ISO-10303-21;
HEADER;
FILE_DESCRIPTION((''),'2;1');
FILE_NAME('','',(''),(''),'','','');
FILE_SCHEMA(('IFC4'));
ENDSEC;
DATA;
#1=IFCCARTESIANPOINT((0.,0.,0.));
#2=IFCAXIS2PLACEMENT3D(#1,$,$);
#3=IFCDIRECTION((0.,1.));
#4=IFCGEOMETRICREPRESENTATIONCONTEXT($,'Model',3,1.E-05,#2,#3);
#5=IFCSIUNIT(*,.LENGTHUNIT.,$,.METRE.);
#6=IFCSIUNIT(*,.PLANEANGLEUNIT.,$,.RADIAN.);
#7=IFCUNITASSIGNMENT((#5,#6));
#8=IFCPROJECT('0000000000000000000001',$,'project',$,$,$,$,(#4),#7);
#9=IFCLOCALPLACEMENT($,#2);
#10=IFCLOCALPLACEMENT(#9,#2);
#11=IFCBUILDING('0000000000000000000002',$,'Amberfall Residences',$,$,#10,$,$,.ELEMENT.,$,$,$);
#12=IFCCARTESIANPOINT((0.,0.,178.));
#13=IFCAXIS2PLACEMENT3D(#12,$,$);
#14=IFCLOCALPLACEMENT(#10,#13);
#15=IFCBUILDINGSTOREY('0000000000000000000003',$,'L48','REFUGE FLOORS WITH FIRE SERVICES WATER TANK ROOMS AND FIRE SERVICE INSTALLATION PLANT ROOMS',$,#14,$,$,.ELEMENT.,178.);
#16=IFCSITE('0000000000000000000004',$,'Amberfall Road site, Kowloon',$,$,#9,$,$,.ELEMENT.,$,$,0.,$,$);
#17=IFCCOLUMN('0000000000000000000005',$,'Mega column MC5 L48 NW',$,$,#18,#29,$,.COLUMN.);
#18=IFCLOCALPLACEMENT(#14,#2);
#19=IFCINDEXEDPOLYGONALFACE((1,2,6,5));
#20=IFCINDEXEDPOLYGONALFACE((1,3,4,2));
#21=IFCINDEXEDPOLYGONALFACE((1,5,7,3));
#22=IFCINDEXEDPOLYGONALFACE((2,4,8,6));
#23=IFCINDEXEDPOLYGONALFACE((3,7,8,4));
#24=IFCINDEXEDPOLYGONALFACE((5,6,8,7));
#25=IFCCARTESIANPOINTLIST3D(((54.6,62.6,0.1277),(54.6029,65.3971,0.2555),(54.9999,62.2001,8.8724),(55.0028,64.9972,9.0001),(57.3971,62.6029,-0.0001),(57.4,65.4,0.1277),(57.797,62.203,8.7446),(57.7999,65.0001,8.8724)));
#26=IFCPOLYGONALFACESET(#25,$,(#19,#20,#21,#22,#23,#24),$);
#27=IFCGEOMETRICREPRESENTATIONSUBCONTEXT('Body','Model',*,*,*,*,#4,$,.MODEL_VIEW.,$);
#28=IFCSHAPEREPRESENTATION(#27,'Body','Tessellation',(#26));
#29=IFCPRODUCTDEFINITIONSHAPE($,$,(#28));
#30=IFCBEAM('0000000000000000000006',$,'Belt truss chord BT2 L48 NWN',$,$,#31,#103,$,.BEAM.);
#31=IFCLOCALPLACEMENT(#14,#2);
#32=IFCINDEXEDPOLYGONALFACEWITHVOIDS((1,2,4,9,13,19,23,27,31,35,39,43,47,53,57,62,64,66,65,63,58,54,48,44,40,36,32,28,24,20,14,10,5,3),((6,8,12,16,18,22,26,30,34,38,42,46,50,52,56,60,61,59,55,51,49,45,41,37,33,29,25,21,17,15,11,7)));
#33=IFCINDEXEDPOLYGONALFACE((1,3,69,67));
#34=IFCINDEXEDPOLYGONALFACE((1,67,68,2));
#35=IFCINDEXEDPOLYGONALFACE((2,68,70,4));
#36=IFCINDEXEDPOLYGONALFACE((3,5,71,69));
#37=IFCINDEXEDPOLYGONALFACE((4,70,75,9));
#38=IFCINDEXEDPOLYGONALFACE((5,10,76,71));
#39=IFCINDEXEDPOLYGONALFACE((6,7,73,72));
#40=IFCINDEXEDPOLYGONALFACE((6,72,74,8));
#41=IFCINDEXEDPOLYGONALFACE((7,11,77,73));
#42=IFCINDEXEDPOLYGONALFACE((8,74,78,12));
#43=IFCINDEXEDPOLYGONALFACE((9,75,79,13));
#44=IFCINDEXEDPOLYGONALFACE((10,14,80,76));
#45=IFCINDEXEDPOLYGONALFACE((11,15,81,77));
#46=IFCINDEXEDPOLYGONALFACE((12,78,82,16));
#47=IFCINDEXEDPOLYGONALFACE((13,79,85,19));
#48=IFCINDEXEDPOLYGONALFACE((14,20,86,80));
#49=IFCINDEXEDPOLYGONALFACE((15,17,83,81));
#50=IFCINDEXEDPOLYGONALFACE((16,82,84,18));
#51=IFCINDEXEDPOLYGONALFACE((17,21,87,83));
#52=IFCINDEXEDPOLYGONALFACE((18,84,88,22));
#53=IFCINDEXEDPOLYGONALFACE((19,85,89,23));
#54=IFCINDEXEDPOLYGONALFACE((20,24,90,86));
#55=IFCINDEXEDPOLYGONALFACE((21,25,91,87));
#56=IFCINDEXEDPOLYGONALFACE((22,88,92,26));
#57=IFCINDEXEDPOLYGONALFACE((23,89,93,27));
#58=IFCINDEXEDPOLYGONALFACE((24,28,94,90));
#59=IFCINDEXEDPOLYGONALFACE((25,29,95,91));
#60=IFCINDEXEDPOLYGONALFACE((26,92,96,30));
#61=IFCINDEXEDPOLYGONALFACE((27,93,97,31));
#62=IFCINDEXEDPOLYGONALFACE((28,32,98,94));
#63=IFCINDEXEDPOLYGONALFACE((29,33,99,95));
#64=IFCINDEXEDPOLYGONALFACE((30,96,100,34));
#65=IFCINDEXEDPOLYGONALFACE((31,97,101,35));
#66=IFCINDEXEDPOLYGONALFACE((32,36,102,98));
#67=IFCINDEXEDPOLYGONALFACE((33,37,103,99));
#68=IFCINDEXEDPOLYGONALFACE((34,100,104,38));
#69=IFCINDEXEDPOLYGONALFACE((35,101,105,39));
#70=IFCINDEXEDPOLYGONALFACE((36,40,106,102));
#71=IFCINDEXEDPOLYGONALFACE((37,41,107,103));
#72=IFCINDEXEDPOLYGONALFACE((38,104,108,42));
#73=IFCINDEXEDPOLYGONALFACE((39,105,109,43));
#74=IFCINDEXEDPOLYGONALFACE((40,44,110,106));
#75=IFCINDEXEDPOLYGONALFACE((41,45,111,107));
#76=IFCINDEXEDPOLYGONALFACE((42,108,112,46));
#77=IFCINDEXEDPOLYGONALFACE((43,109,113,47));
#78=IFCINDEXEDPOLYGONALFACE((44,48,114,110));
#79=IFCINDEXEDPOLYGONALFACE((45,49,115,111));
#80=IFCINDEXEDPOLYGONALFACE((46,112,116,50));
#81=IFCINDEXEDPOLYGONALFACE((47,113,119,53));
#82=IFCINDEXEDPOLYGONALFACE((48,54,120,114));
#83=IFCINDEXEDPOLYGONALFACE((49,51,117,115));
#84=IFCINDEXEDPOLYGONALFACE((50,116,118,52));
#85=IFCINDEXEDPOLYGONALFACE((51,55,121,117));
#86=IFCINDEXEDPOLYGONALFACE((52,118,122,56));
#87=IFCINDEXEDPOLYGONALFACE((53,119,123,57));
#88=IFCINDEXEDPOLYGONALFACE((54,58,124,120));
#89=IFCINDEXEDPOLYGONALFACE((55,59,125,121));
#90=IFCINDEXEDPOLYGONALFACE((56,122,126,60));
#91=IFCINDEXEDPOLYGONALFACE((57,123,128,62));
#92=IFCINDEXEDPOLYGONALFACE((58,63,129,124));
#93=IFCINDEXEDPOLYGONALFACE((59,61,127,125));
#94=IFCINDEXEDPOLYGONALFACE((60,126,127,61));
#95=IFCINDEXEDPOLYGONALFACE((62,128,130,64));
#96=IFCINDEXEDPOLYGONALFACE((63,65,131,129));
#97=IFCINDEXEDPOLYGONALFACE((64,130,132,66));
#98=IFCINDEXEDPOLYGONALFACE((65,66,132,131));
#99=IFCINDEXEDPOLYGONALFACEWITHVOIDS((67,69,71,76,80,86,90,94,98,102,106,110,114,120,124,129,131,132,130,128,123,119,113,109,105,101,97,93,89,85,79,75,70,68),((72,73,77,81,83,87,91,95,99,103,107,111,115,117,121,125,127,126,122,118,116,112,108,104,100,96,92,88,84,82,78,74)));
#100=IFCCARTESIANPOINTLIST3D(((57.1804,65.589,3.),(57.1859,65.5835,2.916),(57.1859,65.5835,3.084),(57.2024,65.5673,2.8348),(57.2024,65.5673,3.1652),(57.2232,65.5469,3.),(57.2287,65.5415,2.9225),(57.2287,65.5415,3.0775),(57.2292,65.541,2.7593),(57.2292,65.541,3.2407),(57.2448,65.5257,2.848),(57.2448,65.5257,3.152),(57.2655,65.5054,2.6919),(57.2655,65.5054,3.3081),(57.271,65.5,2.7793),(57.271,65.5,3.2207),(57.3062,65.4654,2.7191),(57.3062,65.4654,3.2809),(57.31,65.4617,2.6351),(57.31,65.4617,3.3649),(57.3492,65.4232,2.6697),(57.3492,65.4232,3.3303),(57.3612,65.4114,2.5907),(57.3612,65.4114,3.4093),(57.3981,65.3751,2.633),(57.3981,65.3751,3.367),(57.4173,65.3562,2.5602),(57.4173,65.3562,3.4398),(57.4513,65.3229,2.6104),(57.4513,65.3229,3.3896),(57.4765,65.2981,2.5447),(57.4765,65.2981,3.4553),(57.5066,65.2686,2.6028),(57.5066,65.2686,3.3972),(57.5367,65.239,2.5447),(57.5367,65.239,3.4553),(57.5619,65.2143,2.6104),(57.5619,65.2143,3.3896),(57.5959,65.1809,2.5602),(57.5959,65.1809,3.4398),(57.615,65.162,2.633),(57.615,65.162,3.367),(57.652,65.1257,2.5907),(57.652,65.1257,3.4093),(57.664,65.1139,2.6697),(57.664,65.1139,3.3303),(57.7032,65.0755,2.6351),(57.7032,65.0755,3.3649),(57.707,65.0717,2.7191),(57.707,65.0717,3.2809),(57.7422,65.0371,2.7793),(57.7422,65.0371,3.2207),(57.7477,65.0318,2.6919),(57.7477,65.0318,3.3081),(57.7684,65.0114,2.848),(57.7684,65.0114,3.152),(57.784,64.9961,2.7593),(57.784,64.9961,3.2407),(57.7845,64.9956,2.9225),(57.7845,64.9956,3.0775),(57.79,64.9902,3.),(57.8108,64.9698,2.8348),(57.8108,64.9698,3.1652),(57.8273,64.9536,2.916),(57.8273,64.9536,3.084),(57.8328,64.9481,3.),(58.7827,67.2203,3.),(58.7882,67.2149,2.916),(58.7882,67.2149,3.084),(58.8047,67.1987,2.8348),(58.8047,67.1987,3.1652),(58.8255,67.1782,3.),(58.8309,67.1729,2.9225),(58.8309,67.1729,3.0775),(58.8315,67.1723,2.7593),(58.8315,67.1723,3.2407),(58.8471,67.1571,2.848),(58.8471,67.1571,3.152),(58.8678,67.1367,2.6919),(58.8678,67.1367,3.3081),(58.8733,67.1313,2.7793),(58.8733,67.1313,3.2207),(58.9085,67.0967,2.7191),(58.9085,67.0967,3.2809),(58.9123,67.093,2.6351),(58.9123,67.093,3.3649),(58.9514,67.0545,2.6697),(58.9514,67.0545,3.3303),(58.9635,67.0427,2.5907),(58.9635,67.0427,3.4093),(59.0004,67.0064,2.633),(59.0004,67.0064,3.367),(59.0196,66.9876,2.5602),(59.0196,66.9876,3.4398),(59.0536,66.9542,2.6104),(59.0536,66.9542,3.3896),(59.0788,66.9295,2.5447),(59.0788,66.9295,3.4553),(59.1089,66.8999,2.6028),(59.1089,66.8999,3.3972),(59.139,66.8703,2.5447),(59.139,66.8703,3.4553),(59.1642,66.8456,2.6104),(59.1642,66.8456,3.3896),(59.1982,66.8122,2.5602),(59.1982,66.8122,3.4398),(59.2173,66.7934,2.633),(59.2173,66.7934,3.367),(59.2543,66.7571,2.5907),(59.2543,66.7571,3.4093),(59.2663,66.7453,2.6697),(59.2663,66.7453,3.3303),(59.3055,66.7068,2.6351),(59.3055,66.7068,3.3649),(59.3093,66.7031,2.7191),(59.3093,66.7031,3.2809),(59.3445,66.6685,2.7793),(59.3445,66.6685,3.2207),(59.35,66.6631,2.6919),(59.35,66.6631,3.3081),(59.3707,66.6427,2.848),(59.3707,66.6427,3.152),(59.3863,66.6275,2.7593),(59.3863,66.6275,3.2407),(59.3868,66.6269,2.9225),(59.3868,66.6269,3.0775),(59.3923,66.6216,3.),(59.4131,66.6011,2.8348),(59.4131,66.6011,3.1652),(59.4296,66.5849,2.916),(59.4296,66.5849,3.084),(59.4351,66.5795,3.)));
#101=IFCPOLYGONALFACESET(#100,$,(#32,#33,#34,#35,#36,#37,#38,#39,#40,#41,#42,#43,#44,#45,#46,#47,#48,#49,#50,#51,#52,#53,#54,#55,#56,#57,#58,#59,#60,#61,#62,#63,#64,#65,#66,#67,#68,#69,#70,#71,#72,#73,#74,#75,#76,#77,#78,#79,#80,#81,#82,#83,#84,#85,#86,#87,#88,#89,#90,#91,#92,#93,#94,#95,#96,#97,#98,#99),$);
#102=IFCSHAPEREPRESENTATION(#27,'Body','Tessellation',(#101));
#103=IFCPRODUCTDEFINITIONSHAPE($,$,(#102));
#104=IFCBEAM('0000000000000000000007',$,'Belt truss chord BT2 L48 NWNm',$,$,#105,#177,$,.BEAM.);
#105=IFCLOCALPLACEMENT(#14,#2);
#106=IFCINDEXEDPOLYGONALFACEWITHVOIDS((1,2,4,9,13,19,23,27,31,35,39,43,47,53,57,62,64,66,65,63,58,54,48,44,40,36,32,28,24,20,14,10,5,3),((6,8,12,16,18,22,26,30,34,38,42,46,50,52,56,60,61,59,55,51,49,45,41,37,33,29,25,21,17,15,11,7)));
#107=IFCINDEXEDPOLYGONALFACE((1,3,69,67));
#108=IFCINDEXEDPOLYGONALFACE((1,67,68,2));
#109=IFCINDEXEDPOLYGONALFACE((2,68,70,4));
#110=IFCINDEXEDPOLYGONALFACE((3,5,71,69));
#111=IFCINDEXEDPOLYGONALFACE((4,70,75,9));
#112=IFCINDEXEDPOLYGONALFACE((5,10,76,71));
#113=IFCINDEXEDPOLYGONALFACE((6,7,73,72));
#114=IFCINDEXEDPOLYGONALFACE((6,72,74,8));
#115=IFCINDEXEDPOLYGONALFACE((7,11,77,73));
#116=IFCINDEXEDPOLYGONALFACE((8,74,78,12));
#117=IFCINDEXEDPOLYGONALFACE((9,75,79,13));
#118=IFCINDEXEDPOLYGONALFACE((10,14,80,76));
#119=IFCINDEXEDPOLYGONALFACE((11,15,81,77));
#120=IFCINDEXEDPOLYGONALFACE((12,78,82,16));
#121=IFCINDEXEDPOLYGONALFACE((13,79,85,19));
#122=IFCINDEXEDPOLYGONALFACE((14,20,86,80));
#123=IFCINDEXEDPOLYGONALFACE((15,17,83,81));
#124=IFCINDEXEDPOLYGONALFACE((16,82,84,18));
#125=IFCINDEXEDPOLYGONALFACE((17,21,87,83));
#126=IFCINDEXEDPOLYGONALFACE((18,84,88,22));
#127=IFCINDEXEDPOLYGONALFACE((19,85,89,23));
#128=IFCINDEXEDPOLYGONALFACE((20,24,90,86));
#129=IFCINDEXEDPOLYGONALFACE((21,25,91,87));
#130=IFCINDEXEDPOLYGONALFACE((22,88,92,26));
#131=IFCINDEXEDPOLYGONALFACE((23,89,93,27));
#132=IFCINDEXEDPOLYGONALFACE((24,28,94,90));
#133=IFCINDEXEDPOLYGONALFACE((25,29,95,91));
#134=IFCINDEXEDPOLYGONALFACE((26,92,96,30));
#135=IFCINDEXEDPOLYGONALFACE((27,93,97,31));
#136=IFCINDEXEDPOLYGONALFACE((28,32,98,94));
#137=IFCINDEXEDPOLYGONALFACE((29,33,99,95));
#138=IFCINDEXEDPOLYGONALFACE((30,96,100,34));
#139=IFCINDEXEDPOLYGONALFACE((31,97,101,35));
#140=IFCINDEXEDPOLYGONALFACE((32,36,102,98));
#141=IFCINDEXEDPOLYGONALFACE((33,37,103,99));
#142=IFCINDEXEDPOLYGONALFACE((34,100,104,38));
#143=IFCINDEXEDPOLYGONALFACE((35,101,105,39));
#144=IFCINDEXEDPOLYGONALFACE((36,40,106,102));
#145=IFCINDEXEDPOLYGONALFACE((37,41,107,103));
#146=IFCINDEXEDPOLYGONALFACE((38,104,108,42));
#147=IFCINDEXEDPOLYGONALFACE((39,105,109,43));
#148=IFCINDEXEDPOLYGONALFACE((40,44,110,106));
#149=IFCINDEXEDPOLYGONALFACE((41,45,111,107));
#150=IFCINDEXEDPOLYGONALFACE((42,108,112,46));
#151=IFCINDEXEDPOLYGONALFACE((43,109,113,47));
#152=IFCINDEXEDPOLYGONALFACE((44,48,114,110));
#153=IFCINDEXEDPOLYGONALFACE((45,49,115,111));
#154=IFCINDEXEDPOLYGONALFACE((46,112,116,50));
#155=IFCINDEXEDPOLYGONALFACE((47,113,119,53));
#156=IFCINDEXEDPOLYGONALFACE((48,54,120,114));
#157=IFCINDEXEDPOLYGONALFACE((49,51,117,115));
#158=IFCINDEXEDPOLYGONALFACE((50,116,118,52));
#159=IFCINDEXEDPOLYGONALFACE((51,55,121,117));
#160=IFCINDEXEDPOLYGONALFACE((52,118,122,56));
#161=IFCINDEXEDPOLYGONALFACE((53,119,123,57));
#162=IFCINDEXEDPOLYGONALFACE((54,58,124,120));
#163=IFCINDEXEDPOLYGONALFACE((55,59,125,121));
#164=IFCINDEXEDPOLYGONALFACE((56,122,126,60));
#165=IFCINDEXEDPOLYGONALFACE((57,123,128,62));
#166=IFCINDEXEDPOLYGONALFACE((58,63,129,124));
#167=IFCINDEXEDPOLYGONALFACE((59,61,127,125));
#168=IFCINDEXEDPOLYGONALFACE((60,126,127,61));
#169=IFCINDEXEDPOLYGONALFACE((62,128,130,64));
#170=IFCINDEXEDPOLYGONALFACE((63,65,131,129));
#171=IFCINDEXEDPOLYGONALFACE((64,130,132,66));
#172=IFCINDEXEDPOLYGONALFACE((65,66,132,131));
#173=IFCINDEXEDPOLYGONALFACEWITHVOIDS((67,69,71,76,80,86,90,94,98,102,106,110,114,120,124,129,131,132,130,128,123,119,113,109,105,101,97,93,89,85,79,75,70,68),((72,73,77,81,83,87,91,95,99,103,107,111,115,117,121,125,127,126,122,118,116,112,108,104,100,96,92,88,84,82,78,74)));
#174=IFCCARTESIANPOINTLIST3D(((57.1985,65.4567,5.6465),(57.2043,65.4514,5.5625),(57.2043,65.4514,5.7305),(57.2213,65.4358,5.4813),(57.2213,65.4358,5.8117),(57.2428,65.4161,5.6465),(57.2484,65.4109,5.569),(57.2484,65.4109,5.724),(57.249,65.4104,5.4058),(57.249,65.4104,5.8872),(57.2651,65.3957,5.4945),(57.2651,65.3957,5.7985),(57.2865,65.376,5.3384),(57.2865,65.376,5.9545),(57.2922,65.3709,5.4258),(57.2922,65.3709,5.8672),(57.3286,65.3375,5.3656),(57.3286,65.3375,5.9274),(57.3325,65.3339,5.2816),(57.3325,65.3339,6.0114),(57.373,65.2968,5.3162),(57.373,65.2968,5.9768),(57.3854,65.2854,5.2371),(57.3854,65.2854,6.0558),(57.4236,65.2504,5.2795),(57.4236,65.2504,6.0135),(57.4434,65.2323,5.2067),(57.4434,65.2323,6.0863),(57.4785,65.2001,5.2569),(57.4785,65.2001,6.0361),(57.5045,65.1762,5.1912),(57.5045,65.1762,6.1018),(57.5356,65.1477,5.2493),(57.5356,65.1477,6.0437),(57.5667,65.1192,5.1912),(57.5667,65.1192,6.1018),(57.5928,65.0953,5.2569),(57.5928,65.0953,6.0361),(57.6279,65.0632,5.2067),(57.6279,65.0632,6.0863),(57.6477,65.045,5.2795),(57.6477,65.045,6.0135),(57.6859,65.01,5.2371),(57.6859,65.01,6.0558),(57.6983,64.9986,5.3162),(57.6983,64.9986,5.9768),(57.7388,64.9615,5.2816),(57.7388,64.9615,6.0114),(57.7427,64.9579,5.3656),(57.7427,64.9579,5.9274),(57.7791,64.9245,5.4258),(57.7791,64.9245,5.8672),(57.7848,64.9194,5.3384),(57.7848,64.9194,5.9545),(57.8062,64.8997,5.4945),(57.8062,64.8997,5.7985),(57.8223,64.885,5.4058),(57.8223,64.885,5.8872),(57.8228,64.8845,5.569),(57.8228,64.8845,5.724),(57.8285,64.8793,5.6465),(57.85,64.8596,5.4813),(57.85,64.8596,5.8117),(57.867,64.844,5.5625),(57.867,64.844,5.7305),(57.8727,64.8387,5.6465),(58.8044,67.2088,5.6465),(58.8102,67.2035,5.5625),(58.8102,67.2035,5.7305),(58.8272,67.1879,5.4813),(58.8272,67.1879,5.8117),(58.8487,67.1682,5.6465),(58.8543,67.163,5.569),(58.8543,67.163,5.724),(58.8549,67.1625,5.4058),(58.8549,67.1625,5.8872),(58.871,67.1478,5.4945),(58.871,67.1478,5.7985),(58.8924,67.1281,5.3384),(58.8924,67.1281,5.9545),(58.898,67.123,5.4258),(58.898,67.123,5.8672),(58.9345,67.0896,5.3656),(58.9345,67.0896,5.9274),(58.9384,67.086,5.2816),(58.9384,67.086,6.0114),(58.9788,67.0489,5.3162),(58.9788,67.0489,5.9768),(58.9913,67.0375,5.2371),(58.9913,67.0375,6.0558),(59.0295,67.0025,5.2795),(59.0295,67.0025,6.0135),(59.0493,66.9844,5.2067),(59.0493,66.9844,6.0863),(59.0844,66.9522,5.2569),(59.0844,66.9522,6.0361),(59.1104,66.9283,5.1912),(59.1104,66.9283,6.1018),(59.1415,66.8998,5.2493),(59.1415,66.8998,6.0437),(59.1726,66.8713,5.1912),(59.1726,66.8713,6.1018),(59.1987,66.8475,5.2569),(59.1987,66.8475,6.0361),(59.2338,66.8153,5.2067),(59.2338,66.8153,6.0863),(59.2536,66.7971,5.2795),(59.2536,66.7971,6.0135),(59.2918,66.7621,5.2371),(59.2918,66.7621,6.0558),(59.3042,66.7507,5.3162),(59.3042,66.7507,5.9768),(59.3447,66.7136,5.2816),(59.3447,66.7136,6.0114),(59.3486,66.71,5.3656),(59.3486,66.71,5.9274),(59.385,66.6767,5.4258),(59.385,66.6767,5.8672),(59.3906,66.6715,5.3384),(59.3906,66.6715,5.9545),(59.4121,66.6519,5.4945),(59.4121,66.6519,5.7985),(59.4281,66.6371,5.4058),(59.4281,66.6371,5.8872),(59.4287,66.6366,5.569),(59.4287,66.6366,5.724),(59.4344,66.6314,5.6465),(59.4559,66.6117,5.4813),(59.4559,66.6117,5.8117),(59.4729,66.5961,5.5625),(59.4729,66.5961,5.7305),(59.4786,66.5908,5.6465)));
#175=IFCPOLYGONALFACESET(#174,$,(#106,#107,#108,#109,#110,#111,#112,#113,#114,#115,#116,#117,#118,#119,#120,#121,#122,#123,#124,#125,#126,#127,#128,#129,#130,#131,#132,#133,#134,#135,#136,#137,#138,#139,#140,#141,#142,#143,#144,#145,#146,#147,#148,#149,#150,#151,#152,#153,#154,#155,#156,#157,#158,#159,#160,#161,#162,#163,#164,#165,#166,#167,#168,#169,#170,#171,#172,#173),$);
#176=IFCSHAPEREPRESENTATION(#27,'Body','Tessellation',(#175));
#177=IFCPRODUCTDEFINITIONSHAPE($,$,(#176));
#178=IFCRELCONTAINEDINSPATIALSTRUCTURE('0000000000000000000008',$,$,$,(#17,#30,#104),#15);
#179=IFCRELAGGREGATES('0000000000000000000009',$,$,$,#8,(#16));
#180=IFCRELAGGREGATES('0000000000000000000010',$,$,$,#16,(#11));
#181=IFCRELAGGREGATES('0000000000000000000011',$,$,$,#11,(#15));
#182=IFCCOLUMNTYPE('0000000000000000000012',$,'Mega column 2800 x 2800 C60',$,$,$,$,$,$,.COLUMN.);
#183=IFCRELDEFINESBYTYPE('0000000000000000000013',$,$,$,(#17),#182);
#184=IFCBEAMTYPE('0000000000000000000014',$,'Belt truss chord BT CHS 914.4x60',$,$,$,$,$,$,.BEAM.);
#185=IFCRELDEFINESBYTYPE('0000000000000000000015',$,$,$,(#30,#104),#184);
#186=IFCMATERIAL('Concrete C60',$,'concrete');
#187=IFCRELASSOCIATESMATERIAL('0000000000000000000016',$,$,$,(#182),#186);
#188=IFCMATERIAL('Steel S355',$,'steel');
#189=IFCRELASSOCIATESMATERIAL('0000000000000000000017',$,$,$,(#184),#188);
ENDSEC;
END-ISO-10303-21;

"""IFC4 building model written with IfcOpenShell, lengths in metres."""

from ifc_helpers import new_model, si_unit, direction, frame, origin, origin_2d, place, context, subcontext, project, spatial, rectangle, hollow_circle, extrude, material, material_profile, profile_set, type_object, element, save


model = new_model("IFC4")

# Units and contexts
model_context = context("Model", 3, precision=1e-05, world=origin(), true_north=direction((0.0, 1.0)))
body_context = subcontext(model_context, "Body", "Model", "MODEL_VIEW")
ifc_project = project(units=[si_unit("LENGTHUNIT", "METRE"), si_unit("PLANEANGLEUNIT", "RADIAN")], contexts=[model_context])

# Site, building, storey
site_placement = place(None, origin())
site = spatial("IfcSite", under=ifc_project, at=site_placement, Name="Amberfall Road site, Kowloon", CompositionType="ELEMENT", RefElevation=0.0)
building_placement = place(site_placement, origin())
building = spatial("IfcBuilding", under=site, at=building_placement, Name="Amberfall Residences", CompositionType="ELEMENT")
storey_placement = place(building_placement, frame((0.0, 0.0, 178.0)))
storey = spatial("IfcBuildingStorey", under=building, at=storey_placement, Name="L48", Description="REFUGE FLOORS WITH FIRE SERVICES WATER TANK ROOMS AND FIRE SERVICE INSTALLATION PLANT ROOMS", CompositionType="ELEMENT", Elevation=178.0)

# Column
ifc_material_1 = material(Name="Concrete C60", Category="concrete")
ifc_material_profile_1 = material_profile(ifc_material_1, rectangle(XDim=2.8, YDim=2.8, at=origin_2d()), Name="Mega column 2800 x 2800 C60")
ifc_profile_set_1 = profile_set([ifc_material_profile_1], Name="Concrete C60")
column_type = type_object("IfcColumnType", Name="Mega column 2800 x 2800 C60", PredefinedType="COLUMN", material=ifc_profile_set_1)
column_placement = place(storey_placement, frame((56.0, 64.0, 0.1277), z_axis=(0.045636, -0.045636, 0.997915), x_axis=(0.001042, 0.998958, 0.045636)))
element("IfcColumn", 1, at=column_placement, inside=storey, type_object=column_type, Name="Mega column MC5 L48 NW", PredefinedType="COLUMN", context=body_context, shape_type="SweptSolid", body=[
    extrude(rectangle(XDim=2.8, YDim=2.8, at=origin_2d()), origin(), (0.0, 0.0, 1.0), 8.7629),
])

# Beams
ifc_material_2 = material(Name="Steel S355", Category="steel")
ifc_material_profile_2 = material_profile(ifc_material_2, hollow_circle(Radius=0.4573, WallThickness=0.0601, at=origin_2d()), Name="CHS 914.4x60")
ifc_profile_set_2 = profile_set([ifc_material_profile_2], Name="Steel S355")
beam_type_1 = type_object("IfcBeamType", Name="Belt truss chord BT CHS 914.4x60", PredefinedType="BEAM", material=ifc_profile_set_2)
beam_1_placement = place(storey_placement, frame((57.5066, 65.2686, 3.0), z_axis=(0.700725, 0.713431, 0.0), x_axis=(-0.713431, 0.700725, 0.0)))
element("IfcBeam", 2, at=beam_1_placement, inside=storey, type_object=beam_type_1, Name="Belt truss chord BT2 L48 NWN", PredefinedType="BEAM", context=body_context, shape_type="SweptSolid", body=[
    extrude(hollow_circle(Radius=0.4573, WallThickness=0.0601, at=origin_2d()), origin(), (0.0, 0.0, 1.0), 2.2866),
])
beam_2_placement = place(storey_placement, frame((57.5356, 65.1477, 5.6465), z_axis=(0.675673, 0.737201, 0.0), x_axis=(-0.737201, 0.675673, 0.0)))
element("IfcBeam", 3, at=beam_2_placement, inside=storey, type_object=beam_type_1, Name="Belt truss chord BT2 L48 NWNm", PredefinedType="BEAM", context=body_context, shape_type="SweptSolid", body=[
    extrude(hollow_circle(Radius=0.4573, WallThickness=0.0601, at=origin_2d()), origin(), (0.0, 0.0, 1.0), 2.3767),
])

save(model, "model.ifc")
